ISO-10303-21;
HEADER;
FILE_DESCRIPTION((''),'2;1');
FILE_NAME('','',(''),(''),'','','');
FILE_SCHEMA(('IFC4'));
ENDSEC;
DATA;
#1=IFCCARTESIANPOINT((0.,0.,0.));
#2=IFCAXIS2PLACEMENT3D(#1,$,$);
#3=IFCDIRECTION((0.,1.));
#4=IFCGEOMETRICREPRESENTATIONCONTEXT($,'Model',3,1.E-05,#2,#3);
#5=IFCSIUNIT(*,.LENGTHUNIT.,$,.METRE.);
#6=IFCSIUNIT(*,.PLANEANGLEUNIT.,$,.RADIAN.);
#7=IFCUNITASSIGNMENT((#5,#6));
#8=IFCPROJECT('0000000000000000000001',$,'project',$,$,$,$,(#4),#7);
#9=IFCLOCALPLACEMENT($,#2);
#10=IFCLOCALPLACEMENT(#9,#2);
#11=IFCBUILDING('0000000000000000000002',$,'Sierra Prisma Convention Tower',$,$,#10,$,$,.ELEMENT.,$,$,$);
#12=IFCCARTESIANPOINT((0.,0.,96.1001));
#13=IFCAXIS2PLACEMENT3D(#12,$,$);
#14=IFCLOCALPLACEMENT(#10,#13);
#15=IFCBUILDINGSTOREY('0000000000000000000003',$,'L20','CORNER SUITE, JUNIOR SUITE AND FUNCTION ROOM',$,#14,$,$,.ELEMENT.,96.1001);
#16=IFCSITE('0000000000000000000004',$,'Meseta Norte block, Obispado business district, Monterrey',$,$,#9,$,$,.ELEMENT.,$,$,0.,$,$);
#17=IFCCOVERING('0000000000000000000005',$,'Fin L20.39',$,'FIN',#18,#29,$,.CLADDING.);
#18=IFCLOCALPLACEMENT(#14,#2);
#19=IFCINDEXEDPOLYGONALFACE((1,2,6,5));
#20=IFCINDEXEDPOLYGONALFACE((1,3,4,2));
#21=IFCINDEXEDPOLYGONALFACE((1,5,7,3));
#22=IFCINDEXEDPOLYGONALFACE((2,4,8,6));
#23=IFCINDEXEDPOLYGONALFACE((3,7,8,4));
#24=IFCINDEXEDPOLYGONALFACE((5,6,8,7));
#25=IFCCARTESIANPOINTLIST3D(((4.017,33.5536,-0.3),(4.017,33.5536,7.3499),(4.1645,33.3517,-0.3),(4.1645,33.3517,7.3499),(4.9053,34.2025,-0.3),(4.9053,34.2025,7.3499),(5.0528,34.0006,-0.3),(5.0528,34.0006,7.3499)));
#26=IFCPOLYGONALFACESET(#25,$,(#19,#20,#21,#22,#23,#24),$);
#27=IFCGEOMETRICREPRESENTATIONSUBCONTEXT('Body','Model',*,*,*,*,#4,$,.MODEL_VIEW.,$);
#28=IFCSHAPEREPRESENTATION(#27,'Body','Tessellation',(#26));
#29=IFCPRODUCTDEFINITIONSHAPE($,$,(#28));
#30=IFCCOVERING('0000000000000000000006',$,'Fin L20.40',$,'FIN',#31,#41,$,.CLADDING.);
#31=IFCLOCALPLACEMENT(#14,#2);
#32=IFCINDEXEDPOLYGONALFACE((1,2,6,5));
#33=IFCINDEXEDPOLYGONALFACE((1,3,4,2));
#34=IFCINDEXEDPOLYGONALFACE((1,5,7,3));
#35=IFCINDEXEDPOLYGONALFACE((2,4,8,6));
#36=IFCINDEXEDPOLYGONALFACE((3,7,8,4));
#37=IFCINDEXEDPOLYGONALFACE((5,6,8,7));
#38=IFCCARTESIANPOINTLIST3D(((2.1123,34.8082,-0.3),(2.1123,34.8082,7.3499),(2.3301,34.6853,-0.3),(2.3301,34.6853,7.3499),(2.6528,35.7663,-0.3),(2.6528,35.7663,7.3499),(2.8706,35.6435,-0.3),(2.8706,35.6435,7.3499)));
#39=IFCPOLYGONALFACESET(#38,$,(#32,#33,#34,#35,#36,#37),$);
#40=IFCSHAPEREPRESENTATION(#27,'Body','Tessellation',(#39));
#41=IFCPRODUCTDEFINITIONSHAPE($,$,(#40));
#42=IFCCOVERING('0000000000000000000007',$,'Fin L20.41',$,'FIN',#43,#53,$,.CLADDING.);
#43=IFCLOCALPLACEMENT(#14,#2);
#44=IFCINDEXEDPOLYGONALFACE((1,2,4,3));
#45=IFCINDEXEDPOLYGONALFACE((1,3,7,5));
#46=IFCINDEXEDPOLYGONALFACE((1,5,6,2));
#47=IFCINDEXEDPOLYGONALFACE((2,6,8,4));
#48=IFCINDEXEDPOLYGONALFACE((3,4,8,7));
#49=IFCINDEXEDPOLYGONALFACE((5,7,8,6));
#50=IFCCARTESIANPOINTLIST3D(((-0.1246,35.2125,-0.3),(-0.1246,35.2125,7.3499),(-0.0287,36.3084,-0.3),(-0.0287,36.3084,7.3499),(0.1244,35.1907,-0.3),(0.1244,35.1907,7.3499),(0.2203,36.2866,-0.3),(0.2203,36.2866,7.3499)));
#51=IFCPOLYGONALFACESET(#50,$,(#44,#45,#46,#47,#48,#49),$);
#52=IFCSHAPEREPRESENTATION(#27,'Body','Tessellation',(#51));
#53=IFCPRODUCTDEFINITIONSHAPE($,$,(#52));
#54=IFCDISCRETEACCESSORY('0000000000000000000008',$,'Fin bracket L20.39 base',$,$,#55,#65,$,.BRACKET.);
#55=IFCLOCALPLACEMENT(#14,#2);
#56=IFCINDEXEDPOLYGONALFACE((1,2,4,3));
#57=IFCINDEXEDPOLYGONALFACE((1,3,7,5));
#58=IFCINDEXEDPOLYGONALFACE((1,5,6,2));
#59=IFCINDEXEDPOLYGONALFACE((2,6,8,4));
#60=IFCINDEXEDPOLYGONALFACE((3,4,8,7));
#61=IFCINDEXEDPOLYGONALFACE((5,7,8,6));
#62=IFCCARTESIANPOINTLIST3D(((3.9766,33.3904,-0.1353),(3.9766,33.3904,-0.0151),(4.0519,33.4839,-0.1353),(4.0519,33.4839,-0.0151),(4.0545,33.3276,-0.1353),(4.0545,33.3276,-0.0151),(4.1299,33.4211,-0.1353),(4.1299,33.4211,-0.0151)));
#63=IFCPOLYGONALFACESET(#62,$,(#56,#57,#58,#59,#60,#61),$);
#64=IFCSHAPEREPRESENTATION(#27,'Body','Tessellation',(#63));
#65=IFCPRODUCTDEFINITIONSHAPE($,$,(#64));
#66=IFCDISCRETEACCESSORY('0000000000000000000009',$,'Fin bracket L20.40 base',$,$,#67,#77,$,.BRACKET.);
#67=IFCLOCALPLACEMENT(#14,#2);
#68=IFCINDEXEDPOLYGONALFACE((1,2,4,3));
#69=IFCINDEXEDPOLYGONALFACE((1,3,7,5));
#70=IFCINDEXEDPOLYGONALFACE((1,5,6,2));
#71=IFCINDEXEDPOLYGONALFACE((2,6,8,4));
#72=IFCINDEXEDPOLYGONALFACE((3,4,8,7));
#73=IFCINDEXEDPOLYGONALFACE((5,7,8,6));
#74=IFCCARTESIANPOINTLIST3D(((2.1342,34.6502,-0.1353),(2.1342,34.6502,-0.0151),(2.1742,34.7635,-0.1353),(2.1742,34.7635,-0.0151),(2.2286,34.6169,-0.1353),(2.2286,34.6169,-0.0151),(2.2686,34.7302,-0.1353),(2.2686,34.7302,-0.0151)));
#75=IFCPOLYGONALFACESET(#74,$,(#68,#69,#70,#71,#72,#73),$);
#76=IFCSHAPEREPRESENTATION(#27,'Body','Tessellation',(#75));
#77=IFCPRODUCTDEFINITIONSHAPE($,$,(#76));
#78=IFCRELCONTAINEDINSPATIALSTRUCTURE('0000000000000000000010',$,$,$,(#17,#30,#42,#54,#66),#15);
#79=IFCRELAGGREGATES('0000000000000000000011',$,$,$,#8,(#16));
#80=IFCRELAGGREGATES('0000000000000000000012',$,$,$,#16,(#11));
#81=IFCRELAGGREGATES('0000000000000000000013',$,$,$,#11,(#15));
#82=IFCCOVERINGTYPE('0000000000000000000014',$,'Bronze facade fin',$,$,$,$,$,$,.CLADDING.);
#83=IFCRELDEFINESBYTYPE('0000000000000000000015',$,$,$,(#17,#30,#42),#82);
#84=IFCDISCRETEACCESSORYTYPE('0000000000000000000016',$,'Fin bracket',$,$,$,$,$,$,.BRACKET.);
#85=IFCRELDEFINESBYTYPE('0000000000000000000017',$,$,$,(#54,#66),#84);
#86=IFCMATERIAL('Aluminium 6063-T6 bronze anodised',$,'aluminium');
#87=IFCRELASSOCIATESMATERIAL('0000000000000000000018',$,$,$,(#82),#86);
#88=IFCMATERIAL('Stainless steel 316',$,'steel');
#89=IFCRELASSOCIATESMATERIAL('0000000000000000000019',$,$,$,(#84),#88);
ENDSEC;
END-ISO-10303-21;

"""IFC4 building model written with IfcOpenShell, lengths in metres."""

from ifc_helpers import new_model, si_unit, direction, frame, origin, origin_2d, place, context, subcontext, project, spatial, rectangle, extrude, material, material_profile, profile_set, type_object, element, save


model = new_model("IFC4")

# Units and contexts
model_context = context("Model", 3, precision=1e-05, world=origin(), true_north=direction((0.0, 1.0)))
body_context = subcontext(model_context, "Body", "Model", "MODEL_VIEW")
ifc_project = project(units=[si_unit("LENGTHUNIT", "METRE"), si_unit("PLANEANGLEUNIT", "RADIAN")], contexts=[model_context])

# Site, building, storey
site_placement = place(None, origin())
site = spatial("IfcSite", under=ifc_project, at=site_placement, Name="Meseta Norte block, Obispado business district, Monterrey", CompositionType="ELEMENT", RefElevation=0.0)
building_placement = place(site_placement, origin())
building = spatial("IfcBuilding", under=site, at=building_placement, Name="Sierra Prisma Convention Tower", CompositionType="ELEMENT")
storey_placement = place(building_placement, frame((0.0, 0.0, 96.1001)))
storey = spatial("IfcBuildingStorey", under=building, at=storey_placement, Name="L20", Description="CORNER SUITE, JUNIOR SUITE AND FUNCTION ROOM", CompositionType="ELEMENT", Elevation=96.1001)

# Coverings
ifc_material_1 = material(Name="Aluminium 6063-T6 bronze anodised", Category="aluminium")
ifc_material_profile_1 = material_profile(ifc_material_1, rectangle(XDim=1.1001, YDim=0.25, at=origin_2d()), Name="ALU FIN 1100x250")
ifc_profile_set_1 = profile_set([ifc_material_profile_1], Name="Aluminium 6063-T6 bronze anodised")
covering_type = type_object("IfcCoveringType", Name="Bronze facade fin", PredefinedType="CLADDING", material=ifc_profile_set_1)
for number, where, z_axis, x_axis, name in (
    (1, (4.5349, 33.7771, -0.3), (0.0, 0.0, 1.0), (0.807491, 0.58988, 0.0), "Fin L20.39"),
    (2, (2.4915, 35.2258, -0.3), (0.0, 0.0, 1.0), (0.491295, 0.870993, 0.0), "Fin L20.40"),
    (3, (0.0479, 35.7495, -0.3), (0.0, 0.0, 1.0), (0.087156, 0.996195, 0.0), "Fin L20.41"),
):
    element("IfcCovering", number, at=place(storey_placement, frame(where, z_axis=z_axis, x_axis=x_axis)), inside=storey, type_object=covering_type, Name=name, ObjectType="FIN", PredefinedType="CLADDING", context=body_context, shape_type="SweptSolid", body=[
        extrude(rectangle(XDim=1.1001, YDim=0.25, at=origin_2d()), origin(), (0.0, 0.0, 1.0), 7.6499),
    ])

# Discrete accessories
ifc_material_2 = material(Name="Stainless steel 316", Category="steel")
discrete_accessory_type = type_object("IfcDiscreteAccessoryType", Name="Fin bracket", PredefinedType="BRACKET", material=ifc_material_2)
for number, where, z_axis, x_axis, name in (
    (4, (4.0532, 33.4058, -0.1353), (0.0, 0.0, 1.0), (0.627305, 0.778774, 0.0), "Fin bracket L20.39 base"),
    (5, (2.2014, 34.6902, -0.1353), (0.0, 0.0, 1.0), (0.332585, 0.943073, 0.0), "Fin bracket L20.40 base"),
):
    element("IfcDiscreteAccessory", number, at=place(storey_placement, frame(where, z_axis=z_axis, x_axis=x_axis)), inside=storey, type_object=discrete_accessory_type, Name=name, PredefinedType="BRACKET", context=body_context, shape_type="SweptSolid", body=[
        extrude(rectangle(XDim=0.1201, YDim=0.1001, at=origin_2d()), origin(), (0.0, 0.0, 1.0), 0.1201),
    ])

save(model, "model.ifc")
